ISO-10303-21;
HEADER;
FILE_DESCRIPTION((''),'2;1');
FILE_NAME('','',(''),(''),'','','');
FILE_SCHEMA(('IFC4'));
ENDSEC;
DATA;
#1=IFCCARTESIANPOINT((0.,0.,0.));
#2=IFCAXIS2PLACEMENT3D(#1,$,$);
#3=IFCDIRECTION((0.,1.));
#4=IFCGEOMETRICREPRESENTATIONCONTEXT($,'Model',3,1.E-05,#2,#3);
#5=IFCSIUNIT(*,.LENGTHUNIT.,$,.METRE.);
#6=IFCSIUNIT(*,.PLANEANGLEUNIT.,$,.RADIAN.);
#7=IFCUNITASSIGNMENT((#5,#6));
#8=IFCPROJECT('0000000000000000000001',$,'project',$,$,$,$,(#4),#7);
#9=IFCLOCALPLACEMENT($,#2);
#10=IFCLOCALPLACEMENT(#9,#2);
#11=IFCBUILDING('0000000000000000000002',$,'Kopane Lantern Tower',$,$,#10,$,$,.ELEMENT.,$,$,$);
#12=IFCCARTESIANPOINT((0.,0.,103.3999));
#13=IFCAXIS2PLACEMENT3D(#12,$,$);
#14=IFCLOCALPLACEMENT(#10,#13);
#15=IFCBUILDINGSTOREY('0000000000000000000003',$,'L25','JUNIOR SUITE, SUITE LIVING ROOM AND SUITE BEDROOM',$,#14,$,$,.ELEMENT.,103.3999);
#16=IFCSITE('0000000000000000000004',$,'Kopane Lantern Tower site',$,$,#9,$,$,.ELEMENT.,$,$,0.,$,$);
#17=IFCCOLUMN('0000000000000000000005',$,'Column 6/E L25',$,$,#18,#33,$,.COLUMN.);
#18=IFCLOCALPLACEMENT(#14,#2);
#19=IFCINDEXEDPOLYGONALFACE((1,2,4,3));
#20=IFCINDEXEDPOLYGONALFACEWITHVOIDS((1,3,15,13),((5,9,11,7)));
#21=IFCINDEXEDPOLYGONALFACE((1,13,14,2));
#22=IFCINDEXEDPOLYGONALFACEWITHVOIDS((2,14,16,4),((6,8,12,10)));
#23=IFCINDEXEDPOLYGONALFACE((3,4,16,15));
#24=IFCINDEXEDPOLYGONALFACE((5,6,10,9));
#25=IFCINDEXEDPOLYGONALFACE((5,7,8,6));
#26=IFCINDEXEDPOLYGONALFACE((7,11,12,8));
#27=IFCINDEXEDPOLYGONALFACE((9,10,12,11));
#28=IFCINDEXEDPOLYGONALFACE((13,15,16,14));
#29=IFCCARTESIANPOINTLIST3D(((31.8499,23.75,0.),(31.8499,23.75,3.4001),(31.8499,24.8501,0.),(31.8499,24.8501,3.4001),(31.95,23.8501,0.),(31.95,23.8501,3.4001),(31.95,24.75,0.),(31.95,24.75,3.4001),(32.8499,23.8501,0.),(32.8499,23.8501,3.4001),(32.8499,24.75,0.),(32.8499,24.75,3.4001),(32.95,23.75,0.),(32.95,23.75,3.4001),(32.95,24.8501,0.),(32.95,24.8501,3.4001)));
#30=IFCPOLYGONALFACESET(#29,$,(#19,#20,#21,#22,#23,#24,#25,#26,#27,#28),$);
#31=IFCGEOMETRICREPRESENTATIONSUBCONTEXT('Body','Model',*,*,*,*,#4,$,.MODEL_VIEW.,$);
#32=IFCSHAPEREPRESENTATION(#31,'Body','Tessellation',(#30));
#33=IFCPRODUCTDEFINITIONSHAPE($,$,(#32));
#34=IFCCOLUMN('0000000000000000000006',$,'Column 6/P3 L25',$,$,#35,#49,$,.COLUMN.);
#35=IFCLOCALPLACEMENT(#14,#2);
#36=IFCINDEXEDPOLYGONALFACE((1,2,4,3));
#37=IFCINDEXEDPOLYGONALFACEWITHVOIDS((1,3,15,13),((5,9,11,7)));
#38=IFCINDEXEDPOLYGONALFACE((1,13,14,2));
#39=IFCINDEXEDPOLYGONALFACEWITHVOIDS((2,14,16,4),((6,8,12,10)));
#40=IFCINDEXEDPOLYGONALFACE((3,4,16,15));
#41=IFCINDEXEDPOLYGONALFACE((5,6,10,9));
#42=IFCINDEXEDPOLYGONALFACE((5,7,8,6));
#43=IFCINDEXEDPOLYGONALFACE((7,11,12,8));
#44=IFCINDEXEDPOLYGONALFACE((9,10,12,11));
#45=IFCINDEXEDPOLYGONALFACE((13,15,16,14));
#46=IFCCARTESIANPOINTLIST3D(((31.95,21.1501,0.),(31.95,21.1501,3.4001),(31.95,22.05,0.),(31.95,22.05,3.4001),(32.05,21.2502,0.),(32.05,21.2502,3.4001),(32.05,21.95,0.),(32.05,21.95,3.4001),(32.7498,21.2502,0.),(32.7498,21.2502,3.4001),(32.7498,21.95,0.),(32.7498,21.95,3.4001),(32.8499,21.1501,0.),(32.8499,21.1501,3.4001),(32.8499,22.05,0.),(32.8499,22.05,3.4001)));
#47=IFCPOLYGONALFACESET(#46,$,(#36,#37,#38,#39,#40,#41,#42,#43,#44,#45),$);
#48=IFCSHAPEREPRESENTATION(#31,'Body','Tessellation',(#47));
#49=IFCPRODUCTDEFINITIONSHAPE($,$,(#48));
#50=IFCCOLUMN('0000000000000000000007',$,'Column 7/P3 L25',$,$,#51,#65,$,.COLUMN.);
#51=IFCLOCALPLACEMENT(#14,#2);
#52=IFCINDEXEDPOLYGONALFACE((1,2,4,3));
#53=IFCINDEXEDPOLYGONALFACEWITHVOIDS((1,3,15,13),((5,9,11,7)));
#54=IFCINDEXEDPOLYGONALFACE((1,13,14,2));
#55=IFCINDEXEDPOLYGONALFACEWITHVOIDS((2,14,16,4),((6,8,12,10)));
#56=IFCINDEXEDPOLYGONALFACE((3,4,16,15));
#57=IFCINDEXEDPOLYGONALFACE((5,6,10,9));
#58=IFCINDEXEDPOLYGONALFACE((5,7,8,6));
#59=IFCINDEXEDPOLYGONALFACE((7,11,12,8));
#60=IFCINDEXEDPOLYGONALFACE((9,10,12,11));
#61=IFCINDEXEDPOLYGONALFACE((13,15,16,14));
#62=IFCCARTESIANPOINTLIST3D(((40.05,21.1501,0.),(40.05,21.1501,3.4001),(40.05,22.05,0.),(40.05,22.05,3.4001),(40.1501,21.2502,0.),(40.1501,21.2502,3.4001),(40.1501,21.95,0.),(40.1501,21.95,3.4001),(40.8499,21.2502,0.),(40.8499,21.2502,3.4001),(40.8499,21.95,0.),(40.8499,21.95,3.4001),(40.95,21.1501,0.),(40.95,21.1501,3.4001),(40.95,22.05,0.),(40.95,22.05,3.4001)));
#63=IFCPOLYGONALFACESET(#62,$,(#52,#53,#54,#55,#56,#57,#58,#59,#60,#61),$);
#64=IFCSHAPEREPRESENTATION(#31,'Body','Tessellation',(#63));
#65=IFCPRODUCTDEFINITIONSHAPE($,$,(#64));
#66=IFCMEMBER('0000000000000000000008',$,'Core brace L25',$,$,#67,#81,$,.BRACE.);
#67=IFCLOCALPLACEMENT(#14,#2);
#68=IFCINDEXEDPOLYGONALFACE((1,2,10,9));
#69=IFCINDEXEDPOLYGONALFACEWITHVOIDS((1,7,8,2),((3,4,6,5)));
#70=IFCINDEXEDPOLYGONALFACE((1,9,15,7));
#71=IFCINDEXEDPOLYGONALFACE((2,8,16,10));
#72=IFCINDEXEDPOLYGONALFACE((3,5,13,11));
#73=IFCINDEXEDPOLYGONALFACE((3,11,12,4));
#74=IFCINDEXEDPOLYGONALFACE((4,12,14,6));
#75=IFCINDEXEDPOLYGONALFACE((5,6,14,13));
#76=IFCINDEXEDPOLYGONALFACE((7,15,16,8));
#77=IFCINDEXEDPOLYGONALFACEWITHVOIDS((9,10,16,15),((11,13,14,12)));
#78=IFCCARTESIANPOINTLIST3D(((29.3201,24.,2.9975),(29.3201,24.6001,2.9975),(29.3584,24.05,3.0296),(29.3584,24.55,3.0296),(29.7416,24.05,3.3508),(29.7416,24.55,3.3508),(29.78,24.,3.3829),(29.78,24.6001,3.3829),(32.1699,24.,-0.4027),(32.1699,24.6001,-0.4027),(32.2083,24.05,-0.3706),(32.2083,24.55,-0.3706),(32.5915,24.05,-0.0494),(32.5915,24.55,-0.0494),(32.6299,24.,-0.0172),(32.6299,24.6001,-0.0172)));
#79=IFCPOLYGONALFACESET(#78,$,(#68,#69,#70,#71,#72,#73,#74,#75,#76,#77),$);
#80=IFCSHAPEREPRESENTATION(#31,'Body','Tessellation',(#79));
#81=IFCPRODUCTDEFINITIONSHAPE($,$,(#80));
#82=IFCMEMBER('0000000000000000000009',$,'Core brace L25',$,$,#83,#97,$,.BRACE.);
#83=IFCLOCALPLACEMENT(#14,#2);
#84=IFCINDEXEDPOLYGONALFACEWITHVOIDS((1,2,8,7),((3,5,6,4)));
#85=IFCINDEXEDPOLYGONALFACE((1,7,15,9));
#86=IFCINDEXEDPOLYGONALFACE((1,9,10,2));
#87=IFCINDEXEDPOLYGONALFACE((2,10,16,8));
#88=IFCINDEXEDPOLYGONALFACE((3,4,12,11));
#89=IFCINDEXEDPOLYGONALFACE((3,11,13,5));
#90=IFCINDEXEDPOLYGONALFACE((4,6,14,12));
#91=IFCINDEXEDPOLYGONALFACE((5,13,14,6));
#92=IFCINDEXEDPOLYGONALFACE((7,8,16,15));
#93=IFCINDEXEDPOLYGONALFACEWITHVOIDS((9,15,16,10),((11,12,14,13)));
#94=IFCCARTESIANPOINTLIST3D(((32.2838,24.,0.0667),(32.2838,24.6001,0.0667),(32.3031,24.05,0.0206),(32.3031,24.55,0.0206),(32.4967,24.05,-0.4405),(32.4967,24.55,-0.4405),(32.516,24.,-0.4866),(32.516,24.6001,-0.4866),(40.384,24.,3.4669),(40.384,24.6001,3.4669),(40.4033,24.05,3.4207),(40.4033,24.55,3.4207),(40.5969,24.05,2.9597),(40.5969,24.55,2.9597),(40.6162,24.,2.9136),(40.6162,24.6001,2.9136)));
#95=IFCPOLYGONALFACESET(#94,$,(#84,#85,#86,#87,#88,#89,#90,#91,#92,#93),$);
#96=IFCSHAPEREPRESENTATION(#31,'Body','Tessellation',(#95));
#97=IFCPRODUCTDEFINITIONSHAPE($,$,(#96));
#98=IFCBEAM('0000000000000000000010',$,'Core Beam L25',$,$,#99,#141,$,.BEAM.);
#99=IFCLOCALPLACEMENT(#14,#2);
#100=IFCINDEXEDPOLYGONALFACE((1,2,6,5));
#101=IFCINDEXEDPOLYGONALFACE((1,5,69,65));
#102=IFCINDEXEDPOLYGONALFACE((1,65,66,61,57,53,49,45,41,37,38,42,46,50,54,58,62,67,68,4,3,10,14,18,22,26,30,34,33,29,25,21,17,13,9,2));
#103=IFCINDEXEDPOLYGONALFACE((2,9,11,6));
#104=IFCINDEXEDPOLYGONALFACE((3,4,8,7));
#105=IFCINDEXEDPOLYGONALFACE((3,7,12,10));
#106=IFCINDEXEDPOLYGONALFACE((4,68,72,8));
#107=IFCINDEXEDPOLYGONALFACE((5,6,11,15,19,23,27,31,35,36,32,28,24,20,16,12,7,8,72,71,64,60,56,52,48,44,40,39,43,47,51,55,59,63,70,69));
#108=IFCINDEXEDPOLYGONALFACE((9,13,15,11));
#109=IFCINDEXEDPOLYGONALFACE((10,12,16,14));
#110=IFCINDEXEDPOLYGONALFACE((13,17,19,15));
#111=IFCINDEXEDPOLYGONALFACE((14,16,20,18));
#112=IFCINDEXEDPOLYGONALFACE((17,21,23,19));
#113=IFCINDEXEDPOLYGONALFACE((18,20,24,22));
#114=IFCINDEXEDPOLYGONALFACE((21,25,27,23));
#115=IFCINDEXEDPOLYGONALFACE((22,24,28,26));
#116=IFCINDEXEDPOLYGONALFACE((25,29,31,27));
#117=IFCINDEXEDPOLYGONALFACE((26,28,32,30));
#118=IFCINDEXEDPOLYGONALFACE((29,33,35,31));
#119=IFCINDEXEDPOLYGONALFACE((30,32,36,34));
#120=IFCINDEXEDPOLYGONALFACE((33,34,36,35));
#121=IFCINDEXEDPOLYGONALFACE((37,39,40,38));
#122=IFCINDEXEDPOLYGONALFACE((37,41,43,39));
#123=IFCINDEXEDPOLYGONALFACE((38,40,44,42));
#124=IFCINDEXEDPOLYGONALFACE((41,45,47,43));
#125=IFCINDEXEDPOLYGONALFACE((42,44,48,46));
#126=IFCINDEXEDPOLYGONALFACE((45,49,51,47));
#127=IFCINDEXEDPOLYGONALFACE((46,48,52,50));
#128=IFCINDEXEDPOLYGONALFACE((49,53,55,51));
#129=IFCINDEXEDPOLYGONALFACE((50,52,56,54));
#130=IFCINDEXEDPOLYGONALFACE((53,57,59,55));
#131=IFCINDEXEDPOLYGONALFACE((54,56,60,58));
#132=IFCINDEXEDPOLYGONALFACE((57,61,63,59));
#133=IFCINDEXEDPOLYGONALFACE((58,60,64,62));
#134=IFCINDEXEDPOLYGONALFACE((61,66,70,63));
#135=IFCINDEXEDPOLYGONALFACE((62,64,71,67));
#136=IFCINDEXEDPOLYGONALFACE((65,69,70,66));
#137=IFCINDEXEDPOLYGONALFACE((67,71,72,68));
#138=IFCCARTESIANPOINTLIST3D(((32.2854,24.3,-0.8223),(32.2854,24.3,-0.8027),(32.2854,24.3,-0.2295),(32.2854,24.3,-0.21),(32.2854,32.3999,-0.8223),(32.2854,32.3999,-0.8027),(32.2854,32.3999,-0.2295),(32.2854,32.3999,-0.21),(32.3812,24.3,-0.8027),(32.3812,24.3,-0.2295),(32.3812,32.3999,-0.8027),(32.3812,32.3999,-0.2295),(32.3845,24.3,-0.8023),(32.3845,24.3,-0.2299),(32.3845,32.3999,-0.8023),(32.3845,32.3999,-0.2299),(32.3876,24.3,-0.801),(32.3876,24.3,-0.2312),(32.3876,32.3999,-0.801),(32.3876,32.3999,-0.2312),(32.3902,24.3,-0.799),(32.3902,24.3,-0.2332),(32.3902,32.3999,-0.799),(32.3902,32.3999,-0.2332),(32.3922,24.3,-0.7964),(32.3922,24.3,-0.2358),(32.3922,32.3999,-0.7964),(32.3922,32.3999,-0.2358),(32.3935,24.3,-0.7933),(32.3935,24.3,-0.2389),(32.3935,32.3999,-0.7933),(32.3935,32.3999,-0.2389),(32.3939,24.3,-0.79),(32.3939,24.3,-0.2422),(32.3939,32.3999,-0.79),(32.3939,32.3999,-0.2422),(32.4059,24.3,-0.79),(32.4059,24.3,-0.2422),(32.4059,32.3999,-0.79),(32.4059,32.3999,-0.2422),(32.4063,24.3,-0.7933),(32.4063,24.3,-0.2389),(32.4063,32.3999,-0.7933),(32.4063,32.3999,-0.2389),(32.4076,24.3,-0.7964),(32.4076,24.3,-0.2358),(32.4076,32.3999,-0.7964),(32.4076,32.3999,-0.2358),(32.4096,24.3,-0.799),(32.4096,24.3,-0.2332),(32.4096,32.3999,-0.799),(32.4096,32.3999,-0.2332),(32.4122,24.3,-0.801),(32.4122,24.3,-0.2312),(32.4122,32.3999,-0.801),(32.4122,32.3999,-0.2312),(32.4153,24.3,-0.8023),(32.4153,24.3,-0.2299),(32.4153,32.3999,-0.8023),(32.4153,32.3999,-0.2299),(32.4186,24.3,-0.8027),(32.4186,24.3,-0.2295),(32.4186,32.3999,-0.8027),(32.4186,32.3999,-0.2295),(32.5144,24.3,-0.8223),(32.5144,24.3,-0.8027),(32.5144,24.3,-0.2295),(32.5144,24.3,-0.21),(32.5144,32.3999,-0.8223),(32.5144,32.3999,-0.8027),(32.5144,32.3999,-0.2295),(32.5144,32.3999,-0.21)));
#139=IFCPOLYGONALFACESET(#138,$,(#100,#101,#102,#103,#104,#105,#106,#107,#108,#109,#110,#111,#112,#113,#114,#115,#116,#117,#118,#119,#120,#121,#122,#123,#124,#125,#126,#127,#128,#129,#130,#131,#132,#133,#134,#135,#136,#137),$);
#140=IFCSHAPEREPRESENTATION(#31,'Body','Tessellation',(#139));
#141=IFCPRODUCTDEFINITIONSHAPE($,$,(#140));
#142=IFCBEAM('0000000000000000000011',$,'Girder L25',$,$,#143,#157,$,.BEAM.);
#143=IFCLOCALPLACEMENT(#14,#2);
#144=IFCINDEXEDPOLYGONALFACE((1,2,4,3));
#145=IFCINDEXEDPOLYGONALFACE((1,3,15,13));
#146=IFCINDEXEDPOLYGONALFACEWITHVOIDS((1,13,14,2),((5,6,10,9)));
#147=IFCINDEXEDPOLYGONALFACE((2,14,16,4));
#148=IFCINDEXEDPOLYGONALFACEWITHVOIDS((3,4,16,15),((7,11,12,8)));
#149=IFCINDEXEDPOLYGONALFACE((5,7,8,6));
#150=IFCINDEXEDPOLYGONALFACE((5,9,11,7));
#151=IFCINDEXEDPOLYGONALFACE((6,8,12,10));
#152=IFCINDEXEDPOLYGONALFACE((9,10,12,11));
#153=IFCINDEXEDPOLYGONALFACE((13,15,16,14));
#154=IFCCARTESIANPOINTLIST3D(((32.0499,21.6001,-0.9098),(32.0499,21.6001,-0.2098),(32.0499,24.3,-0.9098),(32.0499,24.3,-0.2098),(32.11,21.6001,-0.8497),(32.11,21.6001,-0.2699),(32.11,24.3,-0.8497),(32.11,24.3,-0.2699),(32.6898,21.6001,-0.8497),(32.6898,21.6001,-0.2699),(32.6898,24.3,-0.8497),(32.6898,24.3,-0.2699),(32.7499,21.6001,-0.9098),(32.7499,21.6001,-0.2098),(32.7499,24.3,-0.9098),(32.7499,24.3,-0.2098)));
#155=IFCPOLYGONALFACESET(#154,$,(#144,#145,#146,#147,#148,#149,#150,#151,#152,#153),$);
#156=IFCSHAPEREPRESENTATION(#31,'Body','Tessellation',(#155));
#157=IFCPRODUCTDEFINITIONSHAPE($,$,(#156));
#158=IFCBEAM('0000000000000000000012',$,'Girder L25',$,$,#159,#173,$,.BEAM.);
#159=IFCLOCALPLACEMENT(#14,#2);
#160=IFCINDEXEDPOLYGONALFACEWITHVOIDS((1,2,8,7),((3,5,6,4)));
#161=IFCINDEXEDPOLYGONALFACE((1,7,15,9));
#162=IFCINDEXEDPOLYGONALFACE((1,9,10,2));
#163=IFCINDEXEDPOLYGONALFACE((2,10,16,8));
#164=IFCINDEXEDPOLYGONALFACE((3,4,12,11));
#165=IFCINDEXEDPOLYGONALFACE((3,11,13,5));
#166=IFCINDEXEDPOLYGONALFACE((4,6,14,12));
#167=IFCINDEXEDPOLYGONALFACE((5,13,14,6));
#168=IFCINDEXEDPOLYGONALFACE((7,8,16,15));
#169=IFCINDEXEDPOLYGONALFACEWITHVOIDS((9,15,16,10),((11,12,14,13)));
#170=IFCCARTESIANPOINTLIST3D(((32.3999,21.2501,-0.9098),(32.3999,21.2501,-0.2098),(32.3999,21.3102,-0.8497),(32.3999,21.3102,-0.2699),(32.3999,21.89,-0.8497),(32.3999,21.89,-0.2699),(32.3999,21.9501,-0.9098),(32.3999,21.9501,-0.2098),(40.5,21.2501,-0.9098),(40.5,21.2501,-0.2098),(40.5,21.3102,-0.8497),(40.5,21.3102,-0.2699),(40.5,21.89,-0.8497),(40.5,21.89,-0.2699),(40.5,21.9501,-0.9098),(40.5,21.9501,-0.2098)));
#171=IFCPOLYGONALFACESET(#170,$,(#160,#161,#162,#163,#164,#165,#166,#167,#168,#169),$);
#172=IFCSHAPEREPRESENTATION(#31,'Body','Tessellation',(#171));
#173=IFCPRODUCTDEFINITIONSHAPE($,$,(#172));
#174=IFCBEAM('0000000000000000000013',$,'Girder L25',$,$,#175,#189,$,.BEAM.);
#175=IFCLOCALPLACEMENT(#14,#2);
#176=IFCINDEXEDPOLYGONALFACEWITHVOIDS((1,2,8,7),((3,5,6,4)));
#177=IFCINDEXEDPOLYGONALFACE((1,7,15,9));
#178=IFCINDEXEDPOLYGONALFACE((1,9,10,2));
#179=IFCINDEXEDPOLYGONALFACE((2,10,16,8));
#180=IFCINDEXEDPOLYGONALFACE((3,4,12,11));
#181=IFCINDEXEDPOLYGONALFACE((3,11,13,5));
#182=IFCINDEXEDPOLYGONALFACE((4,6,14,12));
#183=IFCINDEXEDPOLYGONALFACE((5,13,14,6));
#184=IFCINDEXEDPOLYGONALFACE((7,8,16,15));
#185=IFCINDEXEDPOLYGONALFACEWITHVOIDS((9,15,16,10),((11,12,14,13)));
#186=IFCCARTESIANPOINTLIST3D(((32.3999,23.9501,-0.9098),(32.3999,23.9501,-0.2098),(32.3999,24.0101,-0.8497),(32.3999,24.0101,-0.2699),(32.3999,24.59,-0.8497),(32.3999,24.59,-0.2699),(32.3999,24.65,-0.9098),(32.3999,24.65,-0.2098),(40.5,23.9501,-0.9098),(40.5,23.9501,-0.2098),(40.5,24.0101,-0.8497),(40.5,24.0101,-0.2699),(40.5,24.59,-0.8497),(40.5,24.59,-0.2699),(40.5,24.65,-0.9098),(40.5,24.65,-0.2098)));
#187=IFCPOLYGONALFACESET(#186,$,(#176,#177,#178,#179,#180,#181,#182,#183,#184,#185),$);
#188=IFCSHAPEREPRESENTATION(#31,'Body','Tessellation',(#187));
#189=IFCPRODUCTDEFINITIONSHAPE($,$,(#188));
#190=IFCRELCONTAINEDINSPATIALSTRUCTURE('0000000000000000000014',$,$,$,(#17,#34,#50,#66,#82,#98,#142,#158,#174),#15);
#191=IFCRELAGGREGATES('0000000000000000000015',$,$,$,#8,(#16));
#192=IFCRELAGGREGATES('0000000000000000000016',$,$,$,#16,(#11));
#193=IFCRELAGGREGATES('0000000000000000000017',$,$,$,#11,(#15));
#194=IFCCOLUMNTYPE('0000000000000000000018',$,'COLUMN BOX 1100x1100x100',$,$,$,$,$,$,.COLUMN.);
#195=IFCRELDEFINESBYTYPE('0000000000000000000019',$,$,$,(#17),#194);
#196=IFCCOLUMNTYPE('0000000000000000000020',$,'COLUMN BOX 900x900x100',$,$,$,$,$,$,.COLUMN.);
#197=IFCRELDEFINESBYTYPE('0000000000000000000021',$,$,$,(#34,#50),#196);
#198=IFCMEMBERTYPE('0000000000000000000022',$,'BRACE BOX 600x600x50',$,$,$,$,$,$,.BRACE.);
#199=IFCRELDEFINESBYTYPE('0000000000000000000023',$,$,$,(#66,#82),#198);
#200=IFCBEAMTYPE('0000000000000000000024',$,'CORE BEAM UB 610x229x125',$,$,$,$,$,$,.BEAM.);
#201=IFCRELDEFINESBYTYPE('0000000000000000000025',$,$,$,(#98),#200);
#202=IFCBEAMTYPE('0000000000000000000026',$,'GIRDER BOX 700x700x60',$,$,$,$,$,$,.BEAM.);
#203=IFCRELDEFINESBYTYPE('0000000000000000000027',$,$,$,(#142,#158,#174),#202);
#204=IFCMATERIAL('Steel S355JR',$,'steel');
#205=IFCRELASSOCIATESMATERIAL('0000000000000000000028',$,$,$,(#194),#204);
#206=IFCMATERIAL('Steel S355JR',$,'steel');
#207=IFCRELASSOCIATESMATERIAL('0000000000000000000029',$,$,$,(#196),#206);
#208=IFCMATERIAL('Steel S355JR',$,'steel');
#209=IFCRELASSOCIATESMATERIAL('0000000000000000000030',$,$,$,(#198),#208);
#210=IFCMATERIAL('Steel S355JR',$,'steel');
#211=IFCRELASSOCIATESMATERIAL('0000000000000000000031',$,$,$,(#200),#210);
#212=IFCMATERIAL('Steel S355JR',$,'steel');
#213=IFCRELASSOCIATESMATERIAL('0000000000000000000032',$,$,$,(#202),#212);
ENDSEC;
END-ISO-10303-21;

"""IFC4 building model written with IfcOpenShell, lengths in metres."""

from ifc_helpers import new_model, si_unit, direction, frame, origin, origin_2d, place, context, subcontext, project, spatial, hollow_rectangle, i_section, extrude, material, material_profile, profile_set, type_object, element, save


model = new_model("IFC4")

# Units and contexts
model_context = context("Model", 3, precision=1e-05, world=origin(), true_north=direction((0.0, 1.0)))
body_context = subcontext(model_context, "Body", "Model", "MODEL_VIEW")
ifc_project = project(units=[si_unit("LENGTHUNIT", "METRE"), si_unit("PLANEANGLEUNIT", "RADIAN")], contexts=[model_context])

# Site, building, storey
site_placement = place(None, origin())
site = spatial("IfcSite", under=ifc_project, at=site_placement, Name="Kopane Lantern Tower site", CompositionType="ELEMENT", RefElevation=0.0)
building_placement = place(site_placement, origin())
building = spatial("IfcBuilding", under=site, at=building_placement, Name="Kopane Lantern Tower", CompositionType="ELEMENT")
storey_placement = place(building_placement, frame((0.0, 0.0, 103.3999)))
storey = spatial("IfcBuildingStorey", under=building, at=storey_placement, Name="L25", Description="JUNIOR SUITE, SUITE LIVING ROOM AND SUITE BEDROOM", CompositionType="ELEMENT", Elevation=103.3999)

# Columns
ifc_material_1 = material(Name="Steel S355JR", Category="steel")
ifc_material_profile_1 = material_profile(ifc_material_1, hollow_rectangle(XDim=1.1001, YDim=1.1001, WallThickness=0.1001, at=origin_2d()), Name="BOX 1100x1100x100")
ifc_profile_set_1 = profile_set([ifc_material_profile_1], Name="Steel S355JR")
column_type_1 = type_object("IfcColumnType", Name="COLUMN BOX 1100x1100x100", PredefinedType="COLUMN", material=ifc_profile_set_1)
column_placement = place(storey_placement, frame((32.3999, 24.3, 0.0), z_axis=(0.0, 0.0, 1.0), x_axis=(1.0, 0.0, 0.0)))
element("IfcColumn", 1, at=column_placement, inside=storey, type_object=column_type_1, Name="Column 6/E L25", PredefinedType="COLUMN", context=body_context, shape_type="SweptSolid", body=[
    extrude(hollow_rectangle(XDim=1.1001, YDim=1.1001, WallThickness=0.1001, at=origin_2d()), origin(), (0.0, 0.0, 1.0), 3.4001),
])
ifc_material_2 = material(Name="Steel S355JR", Category="steel")
ifc_material_profile_2 = material_profile(ifc_material_2, hollow_rectangle(XDim=0.8999, YDim=0.8999, WallThickness=0.1001, at=origin_2d()), Name="BOX 900x900x100")
ifc_profile_set_2 = profile_set([ifc_material_profile_2], Name="Steel S355JR")
column_type_2 = type_object("IfcColumnType", Name="COLUMN BOX 900x900x100", PredefinedType="COLUMN", material=ifc_profile_set_2)
for number, where, z_axis, x_axis, name in (
    (2, (32.3999, 21.6001, 0.0), (0.0, 0.0, 1.0), (1.0, 0.0, 0.0), "Column 6/P3 L25"),
    (3, (40.5, 21.6001, 0.0), (0.0, 0.0, 1.0), (1.0, 0.0, 0.0), "Column 7/P3 L25"),
):
    element("IfcColumn", number, at=place(storey_placement, frame(where, z_axis=z_axis, x_axis=x_axis)), inside=storey, type_object=column_type_2, Name=name, PredefinedType="COLUMN", context=body_context, shape_type="SweptSolid", body=[
        extrude(hollow_rectangle(XDim=0.8999, YDim=0.8999, WallThickness=0.1001, at=origin_2d()), origin(), (0.0, 0.0, 1.0), 3.4001),
    ])

# Members
ifc_material_3 = material(Name="Steel S355JR", Category="steel")
ifc_material_profile_3 = material_profile(ifc_material_3, hollow_rectangle(XDim=0.6001, YDim=0.6001, WallThickness=0.05, at=origin_2d()), Name="BOX 600x600x50")
ifc_profile_set_3 = profile_set([ifc_material_profile_3], Name="Steel S355JR")
member_type = type_object("IfcMemberType", Name="BRACE BOX 600x600x50", PredefinedType="BRACE", material=ifc_profile_set_3)
member_1_placement = place(storey_placement, frame((32.3999, 24.3, -0.21), z_axis=(-0.642363, 0.0, 0.7664), x_axis=(0.0, -1.0, 0.0)))
element("IfcMember", 4, at=member_1_placement, inside=storey, type_object=member_type, Name="Core brace L25", PredefinedType="BRACE", context=body_context, shape_type="SweptSolid", body=[
    extrude(hollow_rectangle(XDim=0.6001, YDim=0.6001, WallThickness=0.05, at=origin_2d()), origin(), (0.0, 0.0, 1.0), 4.4365),
])
member_2_placement = place(storey_placement, frame((32.3999, 24.3, -0.21), z_axis=(0.922059, 0.0, 0.387049), x_axis=(0.0, 1.0, 0.0)))
element("IfcMember", 5, at=member_2_placement, inside=storey, type_object=member_type, Name="Core brace L25", PredefinedType="BRACE", context=body_context, shape_type="SweptSolid", body=[
    extrude(hollow_rectangle(XDim=0.6001, YDim=0.6001, WallThickness=0.05, at=origin_2d()), origin(), (0.0, 0.0, 1.0), 8.7849),
])

# Beams
ifc_material_4 = material(Name="Steel S355JR", Category="steel")
ifc_material_profile_4 = material_profile(ifc_material_4, i_section(OverallWidth=0.229, OverallDepth=0.6123, WebThickness=0.012, FlangeThickness=0.0195, FilletRadius=0.0127, at=origin_2d()), Name="UB 610x229x125")
ifc_profile_set_4 = profile_set([ifc_material_profile_4], Name="Steel S355JR")
beam_type_1 = type_object("IfcBeamType", Name="CORE BEAM UB 610x229x125", PredefinedType="BEAM", material=ifc_profile_set_4)
beam_1_placement = place(storey_placement, frame((32.3999, 24.3, -0.5161), z_axis=(0.0, 1.0, 0.0), x_axis=(-1.0, 0.0, 0.0)))
element("IfcBeam", 6, at=beam_1_placement, inside=storey, type_object=beam_type_1, Name="Core Beam L25", PredefinedType="BEAM", context=body_context, shape_type="SweptSolid", body=[
    extrude(i_section(OverallWidth=0.229, OverallDepth=0.6123, WebThickness=0.012, FlangeThickness=0.0195, FilletRadius=0.0127, at=origin_2d()), origin(), (0.0, 0.0, 1.0), 8.0999),
])
ifc_material_5 = material(Name="Steel S355JR", Category="steel")
ifc_material_profile_5 = material_profile(ifc_material_5, hollow_rectangle(XDim=0.7, YDim=0.7, WallThickness=0.0601, at=origin_2d()), Name="BOX 700x700x60")
ifc_profile_set_5 = profile_set([ifc_material_profile_5], Name="Steel S355JR")
beam_type_2 = type_object("IfcBeamType", Name="GIRDER BOX 700x700x60", PredefinedType="BEAM", material=ifc_profile_set_5)
beam_2_placement = place(storey_placement, frame((32.3999, 21.6001, -0.5598), z_axis=(0.0, 1.0, 0.0), x_axis=(-1.0, 0.0, 0.0)))
element("IfcBeam", 7, at=beam_2_placement, inside=storey, type_object=beam_type_2, Name="Girder L25", PredefinedType="BEAM", context=body_context, shape_type="SweptSolid", body=[
    extrude(hollow_rectangle(XDim=0.7, YDim=0.7, WallThickness=0.0601, at=origin_2d()), origin(), (0.0, 0.0, 1.0), 2.7),
])
for number, where, z_axis, x_axis, name in (
    (8, (32.3999, 21.6001, -0.5598), (1.0, 0.0, 0.0), (0.0, 1.0, 0.0), "Girder L25"),
    (9, (32.3999, 24.3, -0.5598), (1.0, 0.0, 0.0), (0.0, 1.0, 0.0), "Girder L25"),
):
    element("IfcBeam", number, at=place(storey_placement, frame(where, z_axis=z_axis, x_axis=x_axis)), inside=storey, type_object=beam_type_2, Name=name, PredefinedType="BEAM", context=body_context, shape_type="SweptSolid", body=[
        extrude(hollow_rectangle(XDim=0.7, YDim=0.7, WallThickness=0.0601, at=origin_2d()), origin(), (0.0, 0.0, 1.0), 8.1001),
    ])

save(model, "model.ifc")
